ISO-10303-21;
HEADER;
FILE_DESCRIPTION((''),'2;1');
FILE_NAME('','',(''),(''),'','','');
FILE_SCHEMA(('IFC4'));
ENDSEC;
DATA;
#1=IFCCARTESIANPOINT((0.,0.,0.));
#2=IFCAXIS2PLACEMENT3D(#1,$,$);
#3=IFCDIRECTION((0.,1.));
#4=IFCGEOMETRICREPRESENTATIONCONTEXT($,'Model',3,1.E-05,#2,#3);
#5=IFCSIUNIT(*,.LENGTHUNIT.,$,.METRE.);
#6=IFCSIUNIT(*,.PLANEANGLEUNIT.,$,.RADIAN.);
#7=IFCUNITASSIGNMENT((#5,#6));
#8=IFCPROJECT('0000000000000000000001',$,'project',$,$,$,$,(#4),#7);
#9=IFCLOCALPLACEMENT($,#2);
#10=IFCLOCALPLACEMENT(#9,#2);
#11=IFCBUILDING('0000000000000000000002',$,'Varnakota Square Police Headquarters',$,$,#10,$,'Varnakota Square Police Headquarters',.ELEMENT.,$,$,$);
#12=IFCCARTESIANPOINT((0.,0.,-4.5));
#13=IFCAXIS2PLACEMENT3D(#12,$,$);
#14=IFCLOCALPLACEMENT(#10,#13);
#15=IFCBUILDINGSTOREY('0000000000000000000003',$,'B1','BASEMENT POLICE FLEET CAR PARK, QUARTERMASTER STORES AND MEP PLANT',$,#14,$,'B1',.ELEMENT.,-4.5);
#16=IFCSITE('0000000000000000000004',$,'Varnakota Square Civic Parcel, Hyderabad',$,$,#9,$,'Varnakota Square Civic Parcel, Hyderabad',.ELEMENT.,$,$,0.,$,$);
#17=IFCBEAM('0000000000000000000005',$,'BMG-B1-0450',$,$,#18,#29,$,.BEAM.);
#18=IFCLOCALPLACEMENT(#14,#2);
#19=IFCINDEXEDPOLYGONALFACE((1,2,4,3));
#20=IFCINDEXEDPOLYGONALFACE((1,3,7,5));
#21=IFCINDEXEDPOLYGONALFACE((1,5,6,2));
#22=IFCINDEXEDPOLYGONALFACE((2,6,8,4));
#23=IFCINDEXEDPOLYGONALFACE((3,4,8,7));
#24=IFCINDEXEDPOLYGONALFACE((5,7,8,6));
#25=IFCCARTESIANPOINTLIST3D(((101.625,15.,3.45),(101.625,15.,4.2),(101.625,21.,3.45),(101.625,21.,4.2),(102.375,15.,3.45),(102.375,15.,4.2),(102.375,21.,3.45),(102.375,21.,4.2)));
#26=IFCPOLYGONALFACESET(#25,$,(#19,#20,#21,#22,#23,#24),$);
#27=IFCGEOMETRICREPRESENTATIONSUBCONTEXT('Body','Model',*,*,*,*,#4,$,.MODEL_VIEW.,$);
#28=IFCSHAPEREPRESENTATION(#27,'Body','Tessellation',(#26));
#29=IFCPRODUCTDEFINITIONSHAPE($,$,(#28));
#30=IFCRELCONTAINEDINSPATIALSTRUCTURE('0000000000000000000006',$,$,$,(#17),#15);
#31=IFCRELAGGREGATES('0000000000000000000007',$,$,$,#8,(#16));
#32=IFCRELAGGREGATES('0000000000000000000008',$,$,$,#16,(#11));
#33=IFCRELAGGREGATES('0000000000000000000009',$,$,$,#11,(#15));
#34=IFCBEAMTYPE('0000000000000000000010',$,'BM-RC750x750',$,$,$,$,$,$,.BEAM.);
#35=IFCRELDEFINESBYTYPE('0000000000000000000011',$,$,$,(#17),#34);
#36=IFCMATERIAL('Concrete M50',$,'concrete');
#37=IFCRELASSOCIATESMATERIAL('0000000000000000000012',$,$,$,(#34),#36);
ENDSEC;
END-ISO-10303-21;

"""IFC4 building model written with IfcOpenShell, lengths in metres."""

from ifc_helpers import new_model, si_unit, direction, frame, origin, origin_2d, place, context, subcontext, project, spatial, rectangle, extrude, material, material_profile, profile_set, type_object, element, save


model = new_model("IFC4")

# Units and contexts
model_context = context("Model", 3, precision=1e-05, world=origin(), true_north=direction((0.0, 1.0)))
body_context = subcontext(model_context, "Body", "Model", "MODEL_VIEW")
ifc_project = project(units=[si_unit("LENGTHUNIT", "METRE"), si_unit("PLANEANGLEUNIT", "RADIAN")], contexts=[model_context])

# Site, building, storey
site_placement = place(None, origin())
site = spatial("IfcSite", under=ifc_project, at=site_placement, Name="Varnakota Square Civic Parcel, Hyderabad", LongName="Varnakota Square Civic Parcel, Hyderabad", CompositionType="ELEMENT", RefElevation=0.0)
building_placement = place(site_placement, origin())
building = spatial("IfcBuilding", under=site, at=building_placement, Name="Varnakota Square Police Headquarters", LongName="Varnakota Square Police Headquarters", CompositionType="ELEMENT")
storey_placement = place(building_placement, frame((0.0, 0.0, -4.5)))
storey = spatial("IfcBuildingStorey", under=building, at=storey_placement, Name="B1", Description="BASEMENT POLICE FLEET CAR PARK, QUARTERMASTER STORES AND MEP PLANT", LongName="B1", CompositionType="ELEMENT", Elevation=-4.5)

# Beam
ifc_material_1 = material(Name="Concrete M50", Category="concrete")
ifc_material_profile_1 = material_profile(ifc_material_1, rectangle(XDim=0.75, YDim=0.75, at=origin_2d()), Name="RC 750x750")
ifc_profile_set_1 = profile_set([ifc_material_profile_1], Name="Concrete M50")
beam_type_1 = type_object("IfcBeamType", Name="BM-RC750x750", PredefinedType="BEAM", material=ifc_profile_set_1)
for number, where, z_axis, x_axis, name in (
    (1, (102.0, 15.0, 3.825), (0.0, 1.0, 0.0), (-1.0, 0.0, 0.0), "BMG-B1-0450"),
):
    element("IfcBeam", number, at=place(storey_placement, frame(where, z_axis=z_axis, x_axis=x_axis)), inside=storey, type_object=beam_type_1, Name=name, PredefinedType="BEAM", context=body_context, shape_type="SweptSolid", body=[
        extrude(rectangle(XDim=0.75, YDim=0.75, at=origin_2d()), origin(), (0.0, 0.0, 1.0), 6.0),
    ])

save(model, "model.ifc")
